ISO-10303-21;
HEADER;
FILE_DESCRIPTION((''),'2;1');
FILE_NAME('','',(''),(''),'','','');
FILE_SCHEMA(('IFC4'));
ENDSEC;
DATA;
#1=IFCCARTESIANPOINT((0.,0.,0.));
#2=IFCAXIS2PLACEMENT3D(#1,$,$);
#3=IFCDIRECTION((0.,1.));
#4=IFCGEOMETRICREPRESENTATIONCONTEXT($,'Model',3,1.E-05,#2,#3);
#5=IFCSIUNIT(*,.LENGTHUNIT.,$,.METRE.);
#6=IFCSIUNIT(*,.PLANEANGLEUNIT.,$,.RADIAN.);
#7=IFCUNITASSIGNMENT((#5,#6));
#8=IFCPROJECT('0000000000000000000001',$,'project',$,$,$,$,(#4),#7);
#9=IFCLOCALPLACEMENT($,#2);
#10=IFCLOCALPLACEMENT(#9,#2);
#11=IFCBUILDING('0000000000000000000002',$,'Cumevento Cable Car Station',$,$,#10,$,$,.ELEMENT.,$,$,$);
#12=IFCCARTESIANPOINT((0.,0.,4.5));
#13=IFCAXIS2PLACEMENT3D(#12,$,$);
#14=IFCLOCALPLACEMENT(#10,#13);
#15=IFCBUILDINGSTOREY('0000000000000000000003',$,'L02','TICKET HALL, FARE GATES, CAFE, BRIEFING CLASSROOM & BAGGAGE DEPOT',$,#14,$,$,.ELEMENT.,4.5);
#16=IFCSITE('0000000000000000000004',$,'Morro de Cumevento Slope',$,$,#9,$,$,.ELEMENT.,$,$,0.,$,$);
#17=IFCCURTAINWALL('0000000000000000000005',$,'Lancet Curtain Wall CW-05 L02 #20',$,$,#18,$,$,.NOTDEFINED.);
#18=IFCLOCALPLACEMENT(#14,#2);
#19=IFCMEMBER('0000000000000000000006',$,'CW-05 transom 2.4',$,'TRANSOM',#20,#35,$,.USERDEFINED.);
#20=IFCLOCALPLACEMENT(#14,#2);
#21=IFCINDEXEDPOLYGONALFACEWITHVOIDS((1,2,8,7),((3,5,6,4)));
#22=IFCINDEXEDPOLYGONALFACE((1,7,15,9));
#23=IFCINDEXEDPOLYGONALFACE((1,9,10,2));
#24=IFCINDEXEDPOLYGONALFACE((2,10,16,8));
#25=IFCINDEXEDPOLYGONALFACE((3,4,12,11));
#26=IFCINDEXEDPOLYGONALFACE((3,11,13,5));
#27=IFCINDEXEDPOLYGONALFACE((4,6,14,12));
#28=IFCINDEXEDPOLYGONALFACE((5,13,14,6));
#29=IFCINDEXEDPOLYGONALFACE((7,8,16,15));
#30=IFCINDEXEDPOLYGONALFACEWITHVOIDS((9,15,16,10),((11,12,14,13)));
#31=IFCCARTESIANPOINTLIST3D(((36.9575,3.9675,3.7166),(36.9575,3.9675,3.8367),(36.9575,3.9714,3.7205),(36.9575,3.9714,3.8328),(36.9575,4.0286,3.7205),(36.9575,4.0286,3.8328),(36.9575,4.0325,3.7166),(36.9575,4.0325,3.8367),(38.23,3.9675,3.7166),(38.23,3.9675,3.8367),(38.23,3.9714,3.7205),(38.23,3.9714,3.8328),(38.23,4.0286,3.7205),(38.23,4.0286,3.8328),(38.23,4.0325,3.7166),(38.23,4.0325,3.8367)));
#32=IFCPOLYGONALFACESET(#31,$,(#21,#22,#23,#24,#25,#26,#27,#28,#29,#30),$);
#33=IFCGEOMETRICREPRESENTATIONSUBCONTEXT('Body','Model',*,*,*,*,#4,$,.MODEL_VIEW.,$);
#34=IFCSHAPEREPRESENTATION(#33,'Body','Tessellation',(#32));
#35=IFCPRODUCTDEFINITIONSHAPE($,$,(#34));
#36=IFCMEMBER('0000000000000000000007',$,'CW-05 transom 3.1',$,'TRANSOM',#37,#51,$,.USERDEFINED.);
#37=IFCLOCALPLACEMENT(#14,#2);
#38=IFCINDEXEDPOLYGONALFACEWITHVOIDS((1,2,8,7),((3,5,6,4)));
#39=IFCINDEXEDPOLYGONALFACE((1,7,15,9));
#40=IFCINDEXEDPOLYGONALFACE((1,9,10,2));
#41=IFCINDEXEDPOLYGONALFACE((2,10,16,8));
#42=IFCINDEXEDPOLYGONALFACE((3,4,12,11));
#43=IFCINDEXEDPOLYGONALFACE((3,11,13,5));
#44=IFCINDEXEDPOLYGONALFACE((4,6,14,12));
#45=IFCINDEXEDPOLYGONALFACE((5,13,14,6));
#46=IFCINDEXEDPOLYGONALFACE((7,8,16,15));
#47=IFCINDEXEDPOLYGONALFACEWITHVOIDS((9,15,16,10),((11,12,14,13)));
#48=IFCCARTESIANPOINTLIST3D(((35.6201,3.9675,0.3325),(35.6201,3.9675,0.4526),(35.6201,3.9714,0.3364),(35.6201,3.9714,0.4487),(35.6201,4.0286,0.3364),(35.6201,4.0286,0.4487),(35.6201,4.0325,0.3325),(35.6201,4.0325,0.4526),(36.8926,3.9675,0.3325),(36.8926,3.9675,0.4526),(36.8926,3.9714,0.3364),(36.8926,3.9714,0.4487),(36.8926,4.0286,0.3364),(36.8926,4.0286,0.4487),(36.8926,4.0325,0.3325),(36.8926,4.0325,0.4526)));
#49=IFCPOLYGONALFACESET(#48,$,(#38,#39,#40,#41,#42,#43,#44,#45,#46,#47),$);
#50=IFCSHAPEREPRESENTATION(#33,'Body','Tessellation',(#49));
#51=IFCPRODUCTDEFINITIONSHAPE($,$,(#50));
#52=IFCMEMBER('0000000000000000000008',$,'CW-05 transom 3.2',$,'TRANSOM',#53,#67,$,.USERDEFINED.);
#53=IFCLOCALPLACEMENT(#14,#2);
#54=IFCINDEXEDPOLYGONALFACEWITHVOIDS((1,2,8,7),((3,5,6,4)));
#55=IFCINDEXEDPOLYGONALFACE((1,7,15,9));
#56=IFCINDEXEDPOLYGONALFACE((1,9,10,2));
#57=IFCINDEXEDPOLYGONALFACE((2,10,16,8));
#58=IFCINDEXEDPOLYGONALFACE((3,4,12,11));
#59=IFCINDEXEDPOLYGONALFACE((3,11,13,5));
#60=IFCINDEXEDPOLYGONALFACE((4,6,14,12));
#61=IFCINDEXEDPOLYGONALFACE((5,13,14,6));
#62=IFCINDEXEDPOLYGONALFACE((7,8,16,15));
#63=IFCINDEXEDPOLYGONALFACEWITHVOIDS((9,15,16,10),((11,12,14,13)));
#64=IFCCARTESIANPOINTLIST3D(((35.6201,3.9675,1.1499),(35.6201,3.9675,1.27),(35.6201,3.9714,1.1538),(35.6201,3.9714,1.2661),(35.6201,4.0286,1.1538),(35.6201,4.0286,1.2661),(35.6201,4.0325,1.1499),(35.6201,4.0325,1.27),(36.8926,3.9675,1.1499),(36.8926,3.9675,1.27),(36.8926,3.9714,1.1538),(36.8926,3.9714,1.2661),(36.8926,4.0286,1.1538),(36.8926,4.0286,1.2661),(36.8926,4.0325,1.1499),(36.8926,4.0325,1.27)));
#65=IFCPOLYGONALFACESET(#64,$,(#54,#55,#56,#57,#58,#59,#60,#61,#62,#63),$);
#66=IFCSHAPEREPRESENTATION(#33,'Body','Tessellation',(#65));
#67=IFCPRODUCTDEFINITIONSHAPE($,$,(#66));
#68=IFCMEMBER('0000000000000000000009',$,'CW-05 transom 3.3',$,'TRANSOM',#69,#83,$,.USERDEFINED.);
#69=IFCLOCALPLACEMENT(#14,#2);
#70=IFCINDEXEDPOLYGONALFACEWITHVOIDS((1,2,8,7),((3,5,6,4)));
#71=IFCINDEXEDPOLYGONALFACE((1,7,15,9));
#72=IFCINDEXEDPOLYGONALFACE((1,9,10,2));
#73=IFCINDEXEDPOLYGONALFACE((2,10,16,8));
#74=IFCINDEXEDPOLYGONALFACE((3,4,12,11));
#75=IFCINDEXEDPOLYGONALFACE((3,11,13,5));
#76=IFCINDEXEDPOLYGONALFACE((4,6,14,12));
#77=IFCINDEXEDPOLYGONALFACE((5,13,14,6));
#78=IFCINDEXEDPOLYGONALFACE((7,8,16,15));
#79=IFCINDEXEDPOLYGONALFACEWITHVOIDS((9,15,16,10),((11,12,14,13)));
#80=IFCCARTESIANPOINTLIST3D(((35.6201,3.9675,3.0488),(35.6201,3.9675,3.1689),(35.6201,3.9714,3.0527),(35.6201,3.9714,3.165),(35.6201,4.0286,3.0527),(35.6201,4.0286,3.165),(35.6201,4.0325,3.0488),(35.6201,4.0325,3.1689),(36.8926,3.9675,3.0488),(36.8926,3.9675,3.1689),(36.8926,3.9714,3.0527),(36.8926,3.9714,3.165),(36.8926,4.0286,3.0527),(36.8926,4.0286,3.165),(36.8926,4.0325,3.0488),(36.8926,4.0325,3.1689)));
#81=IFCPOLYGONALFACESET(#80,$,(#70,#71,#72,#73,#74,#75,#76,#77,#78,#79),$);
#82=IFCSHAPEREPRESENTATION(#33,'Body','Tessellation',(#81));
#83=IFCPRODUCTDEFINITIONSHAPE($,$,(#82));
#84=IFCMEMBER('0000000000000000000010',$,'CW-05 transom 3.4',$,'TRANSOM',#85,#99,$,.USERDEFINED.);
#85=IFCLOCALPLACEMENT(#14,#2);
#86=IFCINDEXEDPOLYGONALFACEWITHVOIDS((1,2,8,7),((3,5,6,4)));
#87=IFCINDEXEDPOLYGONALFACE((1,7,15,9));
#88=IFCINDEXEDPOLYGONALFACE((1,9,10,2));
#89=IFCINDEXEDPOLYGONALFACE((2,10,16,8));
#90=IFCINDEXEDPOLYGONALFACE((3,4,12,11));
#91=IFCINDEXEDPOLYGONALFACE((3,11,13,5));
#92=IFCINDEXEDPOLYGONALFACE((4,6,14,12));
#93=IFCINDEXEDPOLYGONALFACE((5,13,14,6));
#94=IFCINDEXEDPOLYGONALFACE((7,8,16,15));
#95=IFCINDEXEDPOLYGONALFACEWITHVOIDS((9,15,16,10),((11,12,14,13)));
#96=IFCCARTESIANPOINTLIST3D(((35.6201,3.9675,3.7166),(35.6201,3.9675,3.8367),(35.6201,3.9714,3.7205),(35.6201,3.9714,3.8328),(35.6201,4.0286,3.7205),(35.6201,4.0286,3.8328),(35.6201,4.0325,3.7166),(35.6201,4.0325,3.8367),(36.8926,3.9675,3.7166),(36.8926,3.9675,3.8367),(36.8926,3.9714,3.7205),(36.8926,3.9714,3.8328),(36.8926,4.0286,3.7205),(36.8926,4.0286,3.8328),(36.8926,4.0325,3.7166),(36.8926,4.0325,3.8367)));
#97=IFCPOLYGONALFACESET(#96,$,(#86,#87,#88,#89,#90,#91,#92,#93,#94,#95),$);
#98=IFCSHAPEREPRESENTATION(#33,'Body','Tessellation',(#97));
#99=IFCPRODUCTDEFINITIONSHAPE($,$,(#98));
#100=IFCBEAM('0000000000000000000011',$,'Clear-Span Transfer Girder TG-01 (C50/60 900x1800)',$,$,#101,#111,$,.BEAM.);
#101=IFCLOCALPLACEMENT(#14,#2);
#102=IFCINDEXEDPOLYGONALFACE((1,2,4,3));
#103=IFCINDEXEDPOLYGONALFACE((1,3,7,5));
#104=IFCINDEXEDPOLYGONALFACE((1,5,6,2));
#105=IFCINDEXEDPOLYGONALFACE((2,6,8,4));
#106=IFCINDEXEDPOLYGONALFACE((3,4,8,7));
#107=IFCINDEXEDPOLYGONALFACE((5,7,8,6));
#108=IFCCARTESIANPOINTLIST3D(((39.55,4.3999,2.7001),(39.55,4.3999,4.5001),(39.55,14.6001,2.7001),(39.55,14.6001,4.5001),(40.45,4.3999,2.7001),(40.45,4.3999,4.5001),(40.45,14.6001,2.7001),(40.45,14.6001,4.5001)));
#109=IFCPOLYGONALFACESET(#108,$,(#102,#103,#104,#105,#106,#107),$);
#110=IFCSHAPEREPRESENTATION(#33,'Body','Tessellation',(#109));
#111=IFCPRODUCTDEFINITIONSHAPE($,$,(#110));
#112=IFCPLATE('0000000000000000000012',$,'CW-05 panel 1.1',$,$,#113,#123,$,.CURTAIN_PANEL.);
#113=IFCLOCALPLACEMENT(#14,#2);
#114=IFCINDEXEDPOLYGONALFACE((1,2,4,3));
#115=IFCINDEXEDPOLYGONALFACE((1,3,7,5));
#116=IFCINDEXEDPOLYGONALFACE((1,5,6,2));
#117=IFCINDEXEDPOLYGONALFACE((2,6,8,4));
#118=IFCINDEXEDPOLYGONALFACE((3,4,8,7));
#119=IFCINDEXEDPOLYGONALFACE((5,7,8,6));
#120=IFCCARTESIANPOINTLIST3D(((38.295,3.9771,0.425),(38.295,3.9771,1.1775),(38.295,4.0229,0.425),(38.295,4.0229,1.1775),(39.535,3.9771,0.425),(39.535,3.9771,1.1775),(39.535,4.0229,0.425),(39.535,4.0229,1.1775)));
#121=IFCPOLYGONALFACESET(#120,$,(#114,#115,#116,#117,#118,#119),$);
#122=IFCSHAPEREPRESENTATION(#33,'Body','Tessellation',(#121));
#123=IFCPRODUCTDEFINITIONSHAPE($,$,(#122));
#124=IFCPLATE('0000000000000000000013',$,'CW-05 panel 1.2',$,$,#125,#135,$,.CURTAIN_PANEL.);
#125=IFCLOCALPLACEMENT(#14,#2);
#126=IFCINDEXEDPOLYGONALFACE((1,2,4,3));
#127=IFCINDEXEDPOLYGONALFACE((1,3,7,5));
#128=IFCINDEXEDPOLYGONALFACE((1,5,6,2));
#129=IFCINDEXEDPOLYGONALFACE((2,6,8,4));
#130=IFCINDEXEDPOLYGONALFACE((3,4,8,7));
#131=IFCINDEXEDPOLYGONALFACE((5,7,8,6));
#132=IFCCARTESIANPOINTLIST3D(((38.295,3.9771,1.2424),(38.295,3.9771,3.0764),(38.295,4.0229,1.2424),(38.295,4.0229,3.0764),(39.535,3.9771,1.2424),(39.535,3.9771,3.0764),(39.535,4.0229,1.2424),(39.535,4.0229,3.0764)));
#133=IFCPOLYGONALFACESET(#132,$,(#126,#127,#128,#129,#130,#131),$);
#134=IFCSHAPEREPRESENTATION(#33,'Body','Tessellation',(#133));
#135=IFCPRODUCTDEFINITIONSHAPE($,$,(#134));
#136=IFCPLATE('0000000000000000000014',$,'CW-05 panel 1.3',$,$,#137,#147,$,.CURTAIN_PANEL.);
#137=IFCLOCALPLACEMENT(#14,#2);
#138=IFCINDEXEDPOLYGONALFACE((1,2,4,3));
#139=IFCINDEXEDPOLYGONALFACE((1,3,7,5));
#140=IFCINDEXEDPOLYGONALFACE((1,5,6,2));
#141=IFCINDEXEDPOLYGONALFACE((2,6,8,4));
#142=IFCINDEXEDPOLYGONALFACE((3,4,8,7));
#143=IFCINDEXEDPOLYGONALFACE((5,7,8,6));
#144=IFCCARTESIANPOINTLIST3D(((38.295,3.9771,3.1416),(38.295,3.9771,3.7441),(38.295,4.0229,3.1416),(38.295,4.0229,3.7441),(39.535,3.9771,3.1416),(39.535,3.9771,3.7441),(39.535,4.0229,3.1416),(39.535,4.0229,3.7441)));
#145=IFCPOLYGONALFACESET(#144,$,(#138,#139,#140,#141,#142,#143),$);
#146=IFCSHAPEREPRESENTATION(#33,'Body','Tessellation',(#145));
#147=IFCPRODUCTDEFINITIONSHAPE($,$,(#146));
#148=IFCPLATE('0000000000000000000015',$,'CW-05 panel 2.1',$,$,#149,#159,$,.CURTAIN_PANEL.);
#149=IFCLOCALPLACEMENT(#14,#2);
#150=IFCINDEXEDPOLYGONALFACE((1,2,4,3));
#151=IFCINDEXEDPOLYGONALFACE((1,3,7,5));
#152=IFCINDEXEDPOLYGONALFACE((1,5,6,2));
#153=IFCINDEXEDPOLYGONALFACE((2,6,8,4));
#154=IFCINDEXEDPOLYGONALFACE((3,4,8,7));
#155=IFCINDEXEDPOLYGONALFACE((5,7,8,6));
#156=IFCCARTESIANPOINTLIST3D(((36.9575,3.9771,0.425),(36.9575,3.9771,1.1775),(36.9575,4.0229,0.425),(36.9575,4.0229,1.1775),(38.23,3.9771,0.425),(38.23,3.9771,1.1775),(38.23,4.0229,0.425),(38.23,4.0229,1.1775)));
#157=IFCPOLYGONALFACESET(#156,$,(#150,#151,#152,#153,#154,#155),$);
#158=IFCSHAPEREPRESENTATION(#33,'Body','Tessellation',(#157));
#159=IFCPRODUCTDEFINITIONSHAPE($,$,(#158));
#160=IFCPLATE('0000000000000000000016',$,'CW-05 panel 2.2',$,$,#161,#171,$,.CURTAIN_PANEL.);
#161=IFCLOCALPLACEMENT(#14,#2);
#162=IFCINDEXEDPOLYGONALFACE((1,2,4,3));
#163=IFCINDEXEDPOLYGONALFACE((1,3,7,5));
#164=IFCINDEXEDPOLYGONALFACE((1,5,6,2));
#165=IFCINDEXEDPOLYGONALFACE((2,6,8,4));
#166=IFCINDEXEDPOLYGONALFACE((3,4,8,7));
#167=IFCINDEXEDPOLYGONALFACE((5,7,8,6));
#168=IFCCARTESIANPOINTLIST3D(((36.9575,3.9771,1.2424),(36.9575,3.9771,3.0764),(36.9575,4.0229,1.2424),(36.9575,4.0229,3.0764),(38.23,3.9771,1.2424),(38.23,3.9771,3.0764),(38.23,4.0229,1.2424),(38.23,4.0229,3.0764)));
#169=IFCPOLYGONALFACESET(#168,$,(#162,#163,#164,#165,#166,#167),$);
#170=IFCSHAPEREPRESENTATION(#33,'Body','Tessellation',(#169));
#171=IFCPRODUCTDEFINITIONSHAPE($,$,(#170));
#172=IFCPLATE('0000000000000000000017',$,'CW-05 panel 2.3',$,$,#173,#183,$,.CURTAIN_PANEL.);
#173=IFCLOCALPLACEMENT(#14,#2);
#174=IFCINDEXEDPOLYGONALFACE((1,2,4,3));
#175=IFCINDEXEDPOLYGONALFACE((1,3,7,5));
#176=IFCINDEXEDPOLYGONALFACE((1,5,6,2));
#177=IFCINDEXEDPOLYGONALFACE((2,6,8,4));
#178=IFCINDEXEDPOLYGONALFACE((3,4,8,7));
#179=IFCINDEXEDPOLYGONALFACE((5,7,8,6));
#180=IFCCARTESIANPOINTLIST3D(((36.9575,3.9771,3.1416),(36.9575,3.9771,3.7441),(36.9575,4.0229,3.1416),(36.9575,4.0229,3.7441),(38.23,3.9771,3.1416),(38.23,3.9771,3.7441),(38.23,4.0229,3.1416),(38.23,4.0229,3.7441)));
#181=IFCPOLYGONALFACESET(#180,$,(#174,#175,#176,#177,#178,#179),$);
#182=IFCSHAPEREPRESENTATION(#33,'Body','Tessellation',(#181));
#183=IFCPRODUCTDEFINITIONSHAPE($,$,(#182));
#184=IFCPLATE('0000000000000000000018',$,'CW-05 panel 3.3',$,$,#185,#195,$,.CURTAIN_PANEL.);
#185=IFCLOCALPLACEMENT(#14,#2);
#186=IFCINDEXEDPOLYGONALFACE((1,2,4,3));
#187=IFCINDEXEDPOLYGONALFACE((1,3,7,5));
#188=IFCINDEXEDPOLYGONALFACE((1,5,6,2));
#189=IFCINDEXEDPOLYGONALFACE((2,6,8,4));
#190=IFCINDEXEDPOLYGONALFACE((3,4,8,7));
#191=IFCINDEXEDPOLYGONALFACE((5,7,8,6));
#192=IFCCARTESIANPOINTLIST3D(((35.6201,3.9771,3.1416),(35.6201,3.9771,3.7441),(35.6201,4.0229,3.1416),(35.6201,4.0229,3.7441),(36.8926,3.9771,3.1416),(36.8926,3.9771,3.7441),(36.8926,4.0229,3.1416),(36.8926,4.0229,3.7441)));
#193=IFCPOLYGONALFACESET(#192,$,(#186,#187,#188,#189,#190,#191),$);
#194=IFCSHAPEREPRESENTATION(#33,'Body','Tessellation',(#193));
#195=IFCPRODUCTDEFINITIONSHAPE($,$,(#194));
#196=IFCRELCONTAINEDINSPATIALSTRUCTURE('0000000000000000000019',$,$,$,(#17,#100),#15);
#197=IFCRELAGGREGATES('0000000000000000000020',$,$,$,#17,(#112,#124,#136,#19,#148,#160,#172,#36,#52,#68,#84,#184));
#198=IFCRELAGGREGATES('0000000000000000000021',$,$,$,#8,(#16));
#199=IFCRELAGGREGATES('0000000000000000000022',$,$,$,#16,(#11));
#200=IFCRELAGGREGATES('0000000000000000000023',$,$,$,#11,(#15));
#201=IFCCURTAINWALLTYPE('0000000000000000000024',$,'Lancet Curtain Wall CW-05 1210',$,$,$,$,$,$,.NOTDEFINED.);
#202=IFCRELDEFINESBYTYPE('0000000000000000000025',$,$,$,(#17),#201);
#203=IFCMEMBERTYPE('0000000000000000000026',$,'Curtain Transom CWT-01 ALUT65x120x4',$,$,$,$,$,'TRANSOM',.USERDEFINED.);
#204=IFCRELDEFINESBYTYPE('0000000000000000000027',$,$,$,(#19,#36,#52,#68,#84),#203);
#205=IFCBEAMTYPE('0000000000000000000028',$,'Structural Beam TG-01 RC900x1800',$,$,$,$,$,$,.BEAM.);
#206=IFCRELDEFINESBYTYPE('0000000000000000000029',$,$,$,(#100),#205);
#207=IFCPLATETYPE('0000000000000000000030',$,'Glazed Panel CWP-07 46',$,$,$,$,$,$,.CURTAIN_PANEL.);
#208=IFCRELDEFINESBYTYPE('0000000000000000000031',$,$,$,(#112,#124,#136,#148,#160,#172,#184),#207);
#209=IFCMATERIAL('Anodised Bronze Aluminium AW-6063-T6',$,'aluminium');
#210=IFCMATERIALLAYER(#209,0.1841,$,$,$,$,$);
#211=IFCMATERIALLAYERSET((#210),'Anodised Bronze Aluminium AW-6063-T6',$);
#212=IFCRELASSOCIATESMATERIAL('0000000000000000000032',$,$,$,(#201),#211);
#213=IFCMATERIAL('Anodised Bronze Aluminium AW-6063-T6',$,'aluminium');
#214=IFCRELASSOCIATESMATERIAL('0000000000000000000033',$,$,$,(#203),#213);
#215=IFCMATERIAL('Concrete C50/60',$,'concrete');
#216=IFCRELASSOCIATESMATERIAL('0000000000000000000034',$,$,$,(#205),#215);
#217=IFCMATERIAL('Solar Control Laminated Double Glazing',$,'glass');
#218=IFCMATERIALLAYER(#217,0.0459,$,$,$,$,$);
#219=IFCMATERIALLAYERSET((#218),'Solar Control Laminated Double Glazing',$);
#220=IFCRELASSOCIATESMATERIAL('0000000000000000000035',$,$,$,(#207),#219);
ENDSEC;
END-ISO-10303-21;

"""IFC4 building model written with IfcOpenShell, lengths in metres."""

from ifc_helpers import new_model, si_unit, direction, frame, origin, origin_2d, place, context, subcontext, project, spatial, rectangle, hollow_rectangle, extrude, material, layer, layer_set, material_profile, profile_set, type_object, element, aggregate, save


model = new_model("IFC4")

# Units and contexts
model_context = context("Model", 3, precision=1e-05, world=origin(), true_north=direction((0.0, 1.0)))
body_context = subcontext(model_context, "Body", "Model", "MODEL_VIEW")
ifc_project = project(units=[si_unit("LENGTHUNIT", "METRE"), si_unit("PLANEANGLEUNIT", "RADIAN")], contexts=[model_context])

# Site, building, storey
site_placement = place(None, origin())
site = spatial("IfcSite", under=ifc_project, at=site_placement, Name="Morro de Cumevento Slope", CompositionType="ELEMENT", RefElevation=0.0)
building_placement = place(site_placement, origin())
building = spatial("IfcBuilding", under=site, at=building_placement, Name="Cumevento Cable Car Station", CompositionType="ELEMENT")
storey_placement = place(building_placement, frame((0.0, 0.0, 4.5)))
storey = spatial("IfcBuildingStorey", under=building, at=storey_placement, Name="L02", Description="TICKET HALL, FARE GATES, CAFE, BRIEFING CLASSROOM & BAGGAGE DEPOT", CompositionType="ELEMENT", Elevation=4.5)

# Curtain wall, members
ifc_material_1 = material(Name="Anodised Bronze Aluminium AW-6063-T6", Category="aluminium")
ifc_layer_1 = layer(ifc_material_1, 0.1841)
ifc_layer_set_1 = layer_set([ifc_layer_1], Name="Anodised Bronze Aluminium AW-6063-T6")
curtain_wall_type = type_object("IfcCurtainWallType", Name="Lancet Curtain Wall CW-05 1210", PredefinedType="NOTDEFINED", material=ifc_layer_set_1)
curtain_wall_placement = place(storey_placement, origin())
curtain_wall = element("IfcCurtainWall", 1, at=curtain_wall_placement, inside=storey, type_object=curtain_wall_type, Name="Lancet Curtain Wall CW-05 L02 #20", PredefinedType="NOTDEFINED")
ifc_material_2 = material(Name="Anodised Bronze Aluminium AW-6063-T6", Category="aluminium")
ifc_material_profile_1 = material_profile(ifc_material_2, hollow_rectangle(XDim=0.0649, YDim=0.1201, WallThickness=0.0039, at=origin_2d()), Name="ALUT65x120x4")
ifc_profile_set_1 = profile_set([ifc_material_profile_1], Name="Anodised Bronze Aluminium AW-6063-T6")
member_type_1 = type_object("IfcMemberType", Name="Curtain Transom CWT-01 ALUT65x120x4", ElementType="TRANSOM", PredefinedType="USERDEFINED", material=ifc_profile_set_1)
member_1_placement = place(storey_placement, frame((38.23, 4.0, 3.7766), z_axis=(-1.0, 0.0, 0.0), x_axis=(0.0, -1.0, 0.0)))
member_1 = element("IfcMember", 2, at=member_1_placement, type_object=member_type_1, Name="CW-05 transom 2.4", ObjectType="TRANSOM", PredefinedType="USERDEFINED", context=body_context, shape_type="SweptSolid", body=[
    extrude(hollow_rectangle(XDim=0.0649, YDim=0.1201, WallThickness=0.0039, at=origin_2d()), origin(), (0.0, 0.0, 1.0), 1.2725),
])
member_2_placement = place(storey_placement, frame((36.8926, 4.0, 0.3926), z_axis=(-1.0, 0.0, 0.0), x_axis=(0.0, -1.0, 0.0)))
member_2 = element("IfcMember", 3, at=member_2_placement, type_object=member_type_1, Name="CW-05 transom 3.1", ObjectType="TRANSOM", PredefinedType="USERDEFINED", context=body_context, shape_type="SweptSolid", body=[
    extrude(hollow_rectangle(XDim=0.0649, YDim=0.1201, WallThickness=0.0039, at=origin_2d()), origin(), (0.0, 0.0, 1.0), 1.2725),
])
member_3_placement = place(storey_placement, frame((36.8926, 4.0, 1.21), z_axis=(-1.0, 0.0, 0.0), x_axis=(0.0, -1.0, 0.0)))
member_3 = element("IfcMember", 4, at=member_3_placement, type_object=member_type_1, Name="CW-05 transom 3.2", ObjectType="TRANSOM", PredefinedType="USERDEFINED", context=body_context, shape_type="SweptSolid", body=[
    extrude(hollow_rectangle(XDim=0.0649, YDim=0.1201, WallThickness=0.0039, at=origin_2d()), origin(), (0.0, 0.0, 1.0), 1.2725),
])
member_4_placement = place(storey_placement, frame((36.8926, 4.0, 3.1089), z_axis=(-1.0, 0.0, 0.0), x_axis=(0.0, -1.0, 0.0)))
member_4 = element("IfcMember", 5, at=member_4_placement, type_object=member_type_1, Name="CW-05 transom 3.3", ObjectType="TRANSOM", PredefinedType="USERDEFINED", context=body_context, shape_type="SweptSolid", body=[
    extrude(hollow_rectangle(XDim=0.0649, YDim=0.1201, WallThickness=0.0039, at=origin_2d()), origin(), (0.0, 0.0, 1.0), 1.2725),
])
member_5_placement = place(storey_placement, frame((36.8926, 4.0, 3.7766), z_axis=(-1.0, 0.0, 0.0), x_axis=(0.0, -1.0, 0.0)))
member_5 = element("IfcMember", 6, at=member_5_placement, type_object=member_type_1, Name="CW-05 transom 3.4", ObjectType="TRANSOM", PredefinedType="USERDEFINED", context=body_context, shape_type="SweptSolid", body=[
    extrude(hollow_rectangle(XDim=0.0649, YDim=0.1201, WallThickness=0.0039, at=origin_2d()), origin(), (0.0, 0.0, 1.0), 1.2725),
])

# Beam
ifc_material_3 = material(Name="Concrete C50/60", Category="concrete")
ifc_material_profile_2 = material_profile(ifc_material_3, rectangle(XDim=0.8999, YDim=1.8, at=origin_2d()), Name="RC900x1800")
ifc_profile_set_2 = profile_set([ifc_material_profile_2], Name="Concrete C50/60")
beam_type = type_object("IfcBeamType", Name="Structural Beam TG-01 RC900x1800", PredefinedType="BEAM", material=ifc_profile_set_2)
beam_placement = place(storey_placement, frame((40.0, 4.3999, 3.6001), z_axis=(0.0, 1.0, 0.0), x_axis=(-1.0, 0.0, 0.0)))
element("IfcBeam", 7, at=beam_placement, inside=storey, type_object=beam_type, Name="Clear-Span Transfer Girder TG-01 (C50/60 900x1800)", PredefinedType="BEAM", context=body_context, shape_type="SweptSolid", body=[
    extrude(rectangle(XDim=0.8999, YDim=1.8, at=origin_2d()), origin(), (0.0, 0.0, 1.0), 10.2002),
])

# Plates
ifc_material_4 = material(Name="Solar Control Laminated Double Glazing", Category="glass")
ifc_layer_2 = layer(ifc_material_4, 0.0459)
ifc_layer_set_2 = layer_set([ifc_layer_2], Name="Solar Control Laminated Double Glazing")
plate_type = type_object("IfcPlateType", Name="Glazed Panel CWP-07 46", PredefinedType="CURTAIN_PANEL", material=ifc_layer_set_2)
plate_1_placement = place(storey_placement, frame((38.915, 4.0, 0.425), z_axis=(0.0, 0.0, 1.0), x_axis=(-1.0, 0.0, 0.0)))
plate_1 = element("IfcPlate", 8, at=plate_1_placement, type_object=plate_type, Name="CW-05 panel 1.1", PredefinedType="CURTAIN_PANEL", context=body_context, shape_type="SweptSolid", body=[
    extrude(rectangle(XDim=1.24, YDim=0.0459, at=origin_2d()), origin(), (0.0, 0.0, 1.0), 0.7524),
])
plate_2_placement = place(storey_placement, frame((38.915, 4.0, 1.2424), z_axis=(0.0, 0.0, 1.0), x_axis=(-1.0, 0.0, 0.0)))
plate_2 = element("IfcPlate", 9, at=plate_2_placement, type_object=plate_type, Name="CW-05 panel 1.2", PredefinedType="CURTAIN_PANEL", context=body_context, shape_type="SweptSolid", body=[
    extrude(rectangle(XDim=1.24, YDim=0.0459, at=origin_2d()), origin(), (0.0, 0.0, 1.0), 1.834),
])
plate_3_placement = place(storey_placement, frame((38.915, 4.0, 3.1416), z_axis=(0.0, 0.0, 1.0), x_axis=(-1.0, 0.0, 0.0)))
plate_3 = element("IfcPlate", 10, at=plate_3_placement, type_object=plate_type, Name="CW-05 panel 1.3", PredefinedType="CURTAIN_PANEL", context=body_context, shape_type="SweptSolid", body=[
    extrude(rectangle(XDim=1.24, YDim=0.0459, at=origin_2d()), origin(), (0.0, 0.0, 1.0), 0.6025),
])
plate_4_placement = place(storey_placement, frame((37.5938, 4.0, 0.425), z_axis=(0.0, 0.0, 1.0), x_axis=(-1.0, 0.0, 0.0)))
plate_4 = element("IfcPlate", 11, at=plate_4_placement, type_object=plate_type, Name="CW-05 panel 2.1", PredefinedType="CURTAIN_PANEL", context=body_context, shape_type="SweptSolid", body=[
    extrude(rectangle(XDim=1.2725, YDim=0.0459, at=origin_2d()), origin(), (0.0, 0.0, 1.0), 0.7524),
])
plate_5_placement = place(storey_placement, frame((37.5938, 4.0, 1.2424), z_axis=(0.0, 0.0, 1.0), x_axis=(-1.0, 0.0, 0.0)))
plate_5 = element("IfcPlate", 12, at=plate_5_placement, type_object=plate_type, Name="CW-05 panel 2.2", PredefinedType="CURTAIN_PANEL", context=body_context, shape_type="SweptSolid", body=[
    extrude(rectangle(XDim=1.2725, YDim=0.0459, at=origin_2d()), origin(), (0.0, 0.0, 1.0), 1.834),
])
plate_6_placement = place(storey_placement, frame((37.5938, 4.0, 3.1416), z_axis=(0.0, 0.0, 1.0), x_axis=(-1.0, 0.0, 0.0)))
plate_6 = element("IfcPlate", 13, at=plate_6_placement, type_object=plate_type, Name="CW-05 panel 2.3", PredefinedType="CURTAIN_PANEL", context=body_context, shape_type="SweptSolid", body=[
    extrude(rectangle(XDim=1.2725, YDim=0.0459, at=origin_2d()), origin(), (0.0, 0.0, 1.0), 0.6025),
])
plate_7_placement = place(storey_placement, frame((36.2563, 4.0, 3.1416), z_axis=(0.0, 0.0, 1.0), x_axis=(-1.0, 0.0, 0.0)))
plate_7 = element("IfcPlate", 14, at=plate_7_placement, type_object=plate_type, Name="CW-05 panel 3.3", PredefinedType="CURTAIN_PANEL", context=body_context, shape_type="SweptSolid", body=[
    extrude(rectangle(XDim=1.2725, YDim=0.0459, at=origin_2d()), origin(), (0.0, 0.0, 1.0), 0.6025),
])
aggregate(curtain_wall, [plate_1, plate_2, plate_3, member_1, plate_4, plate_5, plate_6, member_2, member_3, member_4, member_5, plate_7])

save(model, "model.ifc")
